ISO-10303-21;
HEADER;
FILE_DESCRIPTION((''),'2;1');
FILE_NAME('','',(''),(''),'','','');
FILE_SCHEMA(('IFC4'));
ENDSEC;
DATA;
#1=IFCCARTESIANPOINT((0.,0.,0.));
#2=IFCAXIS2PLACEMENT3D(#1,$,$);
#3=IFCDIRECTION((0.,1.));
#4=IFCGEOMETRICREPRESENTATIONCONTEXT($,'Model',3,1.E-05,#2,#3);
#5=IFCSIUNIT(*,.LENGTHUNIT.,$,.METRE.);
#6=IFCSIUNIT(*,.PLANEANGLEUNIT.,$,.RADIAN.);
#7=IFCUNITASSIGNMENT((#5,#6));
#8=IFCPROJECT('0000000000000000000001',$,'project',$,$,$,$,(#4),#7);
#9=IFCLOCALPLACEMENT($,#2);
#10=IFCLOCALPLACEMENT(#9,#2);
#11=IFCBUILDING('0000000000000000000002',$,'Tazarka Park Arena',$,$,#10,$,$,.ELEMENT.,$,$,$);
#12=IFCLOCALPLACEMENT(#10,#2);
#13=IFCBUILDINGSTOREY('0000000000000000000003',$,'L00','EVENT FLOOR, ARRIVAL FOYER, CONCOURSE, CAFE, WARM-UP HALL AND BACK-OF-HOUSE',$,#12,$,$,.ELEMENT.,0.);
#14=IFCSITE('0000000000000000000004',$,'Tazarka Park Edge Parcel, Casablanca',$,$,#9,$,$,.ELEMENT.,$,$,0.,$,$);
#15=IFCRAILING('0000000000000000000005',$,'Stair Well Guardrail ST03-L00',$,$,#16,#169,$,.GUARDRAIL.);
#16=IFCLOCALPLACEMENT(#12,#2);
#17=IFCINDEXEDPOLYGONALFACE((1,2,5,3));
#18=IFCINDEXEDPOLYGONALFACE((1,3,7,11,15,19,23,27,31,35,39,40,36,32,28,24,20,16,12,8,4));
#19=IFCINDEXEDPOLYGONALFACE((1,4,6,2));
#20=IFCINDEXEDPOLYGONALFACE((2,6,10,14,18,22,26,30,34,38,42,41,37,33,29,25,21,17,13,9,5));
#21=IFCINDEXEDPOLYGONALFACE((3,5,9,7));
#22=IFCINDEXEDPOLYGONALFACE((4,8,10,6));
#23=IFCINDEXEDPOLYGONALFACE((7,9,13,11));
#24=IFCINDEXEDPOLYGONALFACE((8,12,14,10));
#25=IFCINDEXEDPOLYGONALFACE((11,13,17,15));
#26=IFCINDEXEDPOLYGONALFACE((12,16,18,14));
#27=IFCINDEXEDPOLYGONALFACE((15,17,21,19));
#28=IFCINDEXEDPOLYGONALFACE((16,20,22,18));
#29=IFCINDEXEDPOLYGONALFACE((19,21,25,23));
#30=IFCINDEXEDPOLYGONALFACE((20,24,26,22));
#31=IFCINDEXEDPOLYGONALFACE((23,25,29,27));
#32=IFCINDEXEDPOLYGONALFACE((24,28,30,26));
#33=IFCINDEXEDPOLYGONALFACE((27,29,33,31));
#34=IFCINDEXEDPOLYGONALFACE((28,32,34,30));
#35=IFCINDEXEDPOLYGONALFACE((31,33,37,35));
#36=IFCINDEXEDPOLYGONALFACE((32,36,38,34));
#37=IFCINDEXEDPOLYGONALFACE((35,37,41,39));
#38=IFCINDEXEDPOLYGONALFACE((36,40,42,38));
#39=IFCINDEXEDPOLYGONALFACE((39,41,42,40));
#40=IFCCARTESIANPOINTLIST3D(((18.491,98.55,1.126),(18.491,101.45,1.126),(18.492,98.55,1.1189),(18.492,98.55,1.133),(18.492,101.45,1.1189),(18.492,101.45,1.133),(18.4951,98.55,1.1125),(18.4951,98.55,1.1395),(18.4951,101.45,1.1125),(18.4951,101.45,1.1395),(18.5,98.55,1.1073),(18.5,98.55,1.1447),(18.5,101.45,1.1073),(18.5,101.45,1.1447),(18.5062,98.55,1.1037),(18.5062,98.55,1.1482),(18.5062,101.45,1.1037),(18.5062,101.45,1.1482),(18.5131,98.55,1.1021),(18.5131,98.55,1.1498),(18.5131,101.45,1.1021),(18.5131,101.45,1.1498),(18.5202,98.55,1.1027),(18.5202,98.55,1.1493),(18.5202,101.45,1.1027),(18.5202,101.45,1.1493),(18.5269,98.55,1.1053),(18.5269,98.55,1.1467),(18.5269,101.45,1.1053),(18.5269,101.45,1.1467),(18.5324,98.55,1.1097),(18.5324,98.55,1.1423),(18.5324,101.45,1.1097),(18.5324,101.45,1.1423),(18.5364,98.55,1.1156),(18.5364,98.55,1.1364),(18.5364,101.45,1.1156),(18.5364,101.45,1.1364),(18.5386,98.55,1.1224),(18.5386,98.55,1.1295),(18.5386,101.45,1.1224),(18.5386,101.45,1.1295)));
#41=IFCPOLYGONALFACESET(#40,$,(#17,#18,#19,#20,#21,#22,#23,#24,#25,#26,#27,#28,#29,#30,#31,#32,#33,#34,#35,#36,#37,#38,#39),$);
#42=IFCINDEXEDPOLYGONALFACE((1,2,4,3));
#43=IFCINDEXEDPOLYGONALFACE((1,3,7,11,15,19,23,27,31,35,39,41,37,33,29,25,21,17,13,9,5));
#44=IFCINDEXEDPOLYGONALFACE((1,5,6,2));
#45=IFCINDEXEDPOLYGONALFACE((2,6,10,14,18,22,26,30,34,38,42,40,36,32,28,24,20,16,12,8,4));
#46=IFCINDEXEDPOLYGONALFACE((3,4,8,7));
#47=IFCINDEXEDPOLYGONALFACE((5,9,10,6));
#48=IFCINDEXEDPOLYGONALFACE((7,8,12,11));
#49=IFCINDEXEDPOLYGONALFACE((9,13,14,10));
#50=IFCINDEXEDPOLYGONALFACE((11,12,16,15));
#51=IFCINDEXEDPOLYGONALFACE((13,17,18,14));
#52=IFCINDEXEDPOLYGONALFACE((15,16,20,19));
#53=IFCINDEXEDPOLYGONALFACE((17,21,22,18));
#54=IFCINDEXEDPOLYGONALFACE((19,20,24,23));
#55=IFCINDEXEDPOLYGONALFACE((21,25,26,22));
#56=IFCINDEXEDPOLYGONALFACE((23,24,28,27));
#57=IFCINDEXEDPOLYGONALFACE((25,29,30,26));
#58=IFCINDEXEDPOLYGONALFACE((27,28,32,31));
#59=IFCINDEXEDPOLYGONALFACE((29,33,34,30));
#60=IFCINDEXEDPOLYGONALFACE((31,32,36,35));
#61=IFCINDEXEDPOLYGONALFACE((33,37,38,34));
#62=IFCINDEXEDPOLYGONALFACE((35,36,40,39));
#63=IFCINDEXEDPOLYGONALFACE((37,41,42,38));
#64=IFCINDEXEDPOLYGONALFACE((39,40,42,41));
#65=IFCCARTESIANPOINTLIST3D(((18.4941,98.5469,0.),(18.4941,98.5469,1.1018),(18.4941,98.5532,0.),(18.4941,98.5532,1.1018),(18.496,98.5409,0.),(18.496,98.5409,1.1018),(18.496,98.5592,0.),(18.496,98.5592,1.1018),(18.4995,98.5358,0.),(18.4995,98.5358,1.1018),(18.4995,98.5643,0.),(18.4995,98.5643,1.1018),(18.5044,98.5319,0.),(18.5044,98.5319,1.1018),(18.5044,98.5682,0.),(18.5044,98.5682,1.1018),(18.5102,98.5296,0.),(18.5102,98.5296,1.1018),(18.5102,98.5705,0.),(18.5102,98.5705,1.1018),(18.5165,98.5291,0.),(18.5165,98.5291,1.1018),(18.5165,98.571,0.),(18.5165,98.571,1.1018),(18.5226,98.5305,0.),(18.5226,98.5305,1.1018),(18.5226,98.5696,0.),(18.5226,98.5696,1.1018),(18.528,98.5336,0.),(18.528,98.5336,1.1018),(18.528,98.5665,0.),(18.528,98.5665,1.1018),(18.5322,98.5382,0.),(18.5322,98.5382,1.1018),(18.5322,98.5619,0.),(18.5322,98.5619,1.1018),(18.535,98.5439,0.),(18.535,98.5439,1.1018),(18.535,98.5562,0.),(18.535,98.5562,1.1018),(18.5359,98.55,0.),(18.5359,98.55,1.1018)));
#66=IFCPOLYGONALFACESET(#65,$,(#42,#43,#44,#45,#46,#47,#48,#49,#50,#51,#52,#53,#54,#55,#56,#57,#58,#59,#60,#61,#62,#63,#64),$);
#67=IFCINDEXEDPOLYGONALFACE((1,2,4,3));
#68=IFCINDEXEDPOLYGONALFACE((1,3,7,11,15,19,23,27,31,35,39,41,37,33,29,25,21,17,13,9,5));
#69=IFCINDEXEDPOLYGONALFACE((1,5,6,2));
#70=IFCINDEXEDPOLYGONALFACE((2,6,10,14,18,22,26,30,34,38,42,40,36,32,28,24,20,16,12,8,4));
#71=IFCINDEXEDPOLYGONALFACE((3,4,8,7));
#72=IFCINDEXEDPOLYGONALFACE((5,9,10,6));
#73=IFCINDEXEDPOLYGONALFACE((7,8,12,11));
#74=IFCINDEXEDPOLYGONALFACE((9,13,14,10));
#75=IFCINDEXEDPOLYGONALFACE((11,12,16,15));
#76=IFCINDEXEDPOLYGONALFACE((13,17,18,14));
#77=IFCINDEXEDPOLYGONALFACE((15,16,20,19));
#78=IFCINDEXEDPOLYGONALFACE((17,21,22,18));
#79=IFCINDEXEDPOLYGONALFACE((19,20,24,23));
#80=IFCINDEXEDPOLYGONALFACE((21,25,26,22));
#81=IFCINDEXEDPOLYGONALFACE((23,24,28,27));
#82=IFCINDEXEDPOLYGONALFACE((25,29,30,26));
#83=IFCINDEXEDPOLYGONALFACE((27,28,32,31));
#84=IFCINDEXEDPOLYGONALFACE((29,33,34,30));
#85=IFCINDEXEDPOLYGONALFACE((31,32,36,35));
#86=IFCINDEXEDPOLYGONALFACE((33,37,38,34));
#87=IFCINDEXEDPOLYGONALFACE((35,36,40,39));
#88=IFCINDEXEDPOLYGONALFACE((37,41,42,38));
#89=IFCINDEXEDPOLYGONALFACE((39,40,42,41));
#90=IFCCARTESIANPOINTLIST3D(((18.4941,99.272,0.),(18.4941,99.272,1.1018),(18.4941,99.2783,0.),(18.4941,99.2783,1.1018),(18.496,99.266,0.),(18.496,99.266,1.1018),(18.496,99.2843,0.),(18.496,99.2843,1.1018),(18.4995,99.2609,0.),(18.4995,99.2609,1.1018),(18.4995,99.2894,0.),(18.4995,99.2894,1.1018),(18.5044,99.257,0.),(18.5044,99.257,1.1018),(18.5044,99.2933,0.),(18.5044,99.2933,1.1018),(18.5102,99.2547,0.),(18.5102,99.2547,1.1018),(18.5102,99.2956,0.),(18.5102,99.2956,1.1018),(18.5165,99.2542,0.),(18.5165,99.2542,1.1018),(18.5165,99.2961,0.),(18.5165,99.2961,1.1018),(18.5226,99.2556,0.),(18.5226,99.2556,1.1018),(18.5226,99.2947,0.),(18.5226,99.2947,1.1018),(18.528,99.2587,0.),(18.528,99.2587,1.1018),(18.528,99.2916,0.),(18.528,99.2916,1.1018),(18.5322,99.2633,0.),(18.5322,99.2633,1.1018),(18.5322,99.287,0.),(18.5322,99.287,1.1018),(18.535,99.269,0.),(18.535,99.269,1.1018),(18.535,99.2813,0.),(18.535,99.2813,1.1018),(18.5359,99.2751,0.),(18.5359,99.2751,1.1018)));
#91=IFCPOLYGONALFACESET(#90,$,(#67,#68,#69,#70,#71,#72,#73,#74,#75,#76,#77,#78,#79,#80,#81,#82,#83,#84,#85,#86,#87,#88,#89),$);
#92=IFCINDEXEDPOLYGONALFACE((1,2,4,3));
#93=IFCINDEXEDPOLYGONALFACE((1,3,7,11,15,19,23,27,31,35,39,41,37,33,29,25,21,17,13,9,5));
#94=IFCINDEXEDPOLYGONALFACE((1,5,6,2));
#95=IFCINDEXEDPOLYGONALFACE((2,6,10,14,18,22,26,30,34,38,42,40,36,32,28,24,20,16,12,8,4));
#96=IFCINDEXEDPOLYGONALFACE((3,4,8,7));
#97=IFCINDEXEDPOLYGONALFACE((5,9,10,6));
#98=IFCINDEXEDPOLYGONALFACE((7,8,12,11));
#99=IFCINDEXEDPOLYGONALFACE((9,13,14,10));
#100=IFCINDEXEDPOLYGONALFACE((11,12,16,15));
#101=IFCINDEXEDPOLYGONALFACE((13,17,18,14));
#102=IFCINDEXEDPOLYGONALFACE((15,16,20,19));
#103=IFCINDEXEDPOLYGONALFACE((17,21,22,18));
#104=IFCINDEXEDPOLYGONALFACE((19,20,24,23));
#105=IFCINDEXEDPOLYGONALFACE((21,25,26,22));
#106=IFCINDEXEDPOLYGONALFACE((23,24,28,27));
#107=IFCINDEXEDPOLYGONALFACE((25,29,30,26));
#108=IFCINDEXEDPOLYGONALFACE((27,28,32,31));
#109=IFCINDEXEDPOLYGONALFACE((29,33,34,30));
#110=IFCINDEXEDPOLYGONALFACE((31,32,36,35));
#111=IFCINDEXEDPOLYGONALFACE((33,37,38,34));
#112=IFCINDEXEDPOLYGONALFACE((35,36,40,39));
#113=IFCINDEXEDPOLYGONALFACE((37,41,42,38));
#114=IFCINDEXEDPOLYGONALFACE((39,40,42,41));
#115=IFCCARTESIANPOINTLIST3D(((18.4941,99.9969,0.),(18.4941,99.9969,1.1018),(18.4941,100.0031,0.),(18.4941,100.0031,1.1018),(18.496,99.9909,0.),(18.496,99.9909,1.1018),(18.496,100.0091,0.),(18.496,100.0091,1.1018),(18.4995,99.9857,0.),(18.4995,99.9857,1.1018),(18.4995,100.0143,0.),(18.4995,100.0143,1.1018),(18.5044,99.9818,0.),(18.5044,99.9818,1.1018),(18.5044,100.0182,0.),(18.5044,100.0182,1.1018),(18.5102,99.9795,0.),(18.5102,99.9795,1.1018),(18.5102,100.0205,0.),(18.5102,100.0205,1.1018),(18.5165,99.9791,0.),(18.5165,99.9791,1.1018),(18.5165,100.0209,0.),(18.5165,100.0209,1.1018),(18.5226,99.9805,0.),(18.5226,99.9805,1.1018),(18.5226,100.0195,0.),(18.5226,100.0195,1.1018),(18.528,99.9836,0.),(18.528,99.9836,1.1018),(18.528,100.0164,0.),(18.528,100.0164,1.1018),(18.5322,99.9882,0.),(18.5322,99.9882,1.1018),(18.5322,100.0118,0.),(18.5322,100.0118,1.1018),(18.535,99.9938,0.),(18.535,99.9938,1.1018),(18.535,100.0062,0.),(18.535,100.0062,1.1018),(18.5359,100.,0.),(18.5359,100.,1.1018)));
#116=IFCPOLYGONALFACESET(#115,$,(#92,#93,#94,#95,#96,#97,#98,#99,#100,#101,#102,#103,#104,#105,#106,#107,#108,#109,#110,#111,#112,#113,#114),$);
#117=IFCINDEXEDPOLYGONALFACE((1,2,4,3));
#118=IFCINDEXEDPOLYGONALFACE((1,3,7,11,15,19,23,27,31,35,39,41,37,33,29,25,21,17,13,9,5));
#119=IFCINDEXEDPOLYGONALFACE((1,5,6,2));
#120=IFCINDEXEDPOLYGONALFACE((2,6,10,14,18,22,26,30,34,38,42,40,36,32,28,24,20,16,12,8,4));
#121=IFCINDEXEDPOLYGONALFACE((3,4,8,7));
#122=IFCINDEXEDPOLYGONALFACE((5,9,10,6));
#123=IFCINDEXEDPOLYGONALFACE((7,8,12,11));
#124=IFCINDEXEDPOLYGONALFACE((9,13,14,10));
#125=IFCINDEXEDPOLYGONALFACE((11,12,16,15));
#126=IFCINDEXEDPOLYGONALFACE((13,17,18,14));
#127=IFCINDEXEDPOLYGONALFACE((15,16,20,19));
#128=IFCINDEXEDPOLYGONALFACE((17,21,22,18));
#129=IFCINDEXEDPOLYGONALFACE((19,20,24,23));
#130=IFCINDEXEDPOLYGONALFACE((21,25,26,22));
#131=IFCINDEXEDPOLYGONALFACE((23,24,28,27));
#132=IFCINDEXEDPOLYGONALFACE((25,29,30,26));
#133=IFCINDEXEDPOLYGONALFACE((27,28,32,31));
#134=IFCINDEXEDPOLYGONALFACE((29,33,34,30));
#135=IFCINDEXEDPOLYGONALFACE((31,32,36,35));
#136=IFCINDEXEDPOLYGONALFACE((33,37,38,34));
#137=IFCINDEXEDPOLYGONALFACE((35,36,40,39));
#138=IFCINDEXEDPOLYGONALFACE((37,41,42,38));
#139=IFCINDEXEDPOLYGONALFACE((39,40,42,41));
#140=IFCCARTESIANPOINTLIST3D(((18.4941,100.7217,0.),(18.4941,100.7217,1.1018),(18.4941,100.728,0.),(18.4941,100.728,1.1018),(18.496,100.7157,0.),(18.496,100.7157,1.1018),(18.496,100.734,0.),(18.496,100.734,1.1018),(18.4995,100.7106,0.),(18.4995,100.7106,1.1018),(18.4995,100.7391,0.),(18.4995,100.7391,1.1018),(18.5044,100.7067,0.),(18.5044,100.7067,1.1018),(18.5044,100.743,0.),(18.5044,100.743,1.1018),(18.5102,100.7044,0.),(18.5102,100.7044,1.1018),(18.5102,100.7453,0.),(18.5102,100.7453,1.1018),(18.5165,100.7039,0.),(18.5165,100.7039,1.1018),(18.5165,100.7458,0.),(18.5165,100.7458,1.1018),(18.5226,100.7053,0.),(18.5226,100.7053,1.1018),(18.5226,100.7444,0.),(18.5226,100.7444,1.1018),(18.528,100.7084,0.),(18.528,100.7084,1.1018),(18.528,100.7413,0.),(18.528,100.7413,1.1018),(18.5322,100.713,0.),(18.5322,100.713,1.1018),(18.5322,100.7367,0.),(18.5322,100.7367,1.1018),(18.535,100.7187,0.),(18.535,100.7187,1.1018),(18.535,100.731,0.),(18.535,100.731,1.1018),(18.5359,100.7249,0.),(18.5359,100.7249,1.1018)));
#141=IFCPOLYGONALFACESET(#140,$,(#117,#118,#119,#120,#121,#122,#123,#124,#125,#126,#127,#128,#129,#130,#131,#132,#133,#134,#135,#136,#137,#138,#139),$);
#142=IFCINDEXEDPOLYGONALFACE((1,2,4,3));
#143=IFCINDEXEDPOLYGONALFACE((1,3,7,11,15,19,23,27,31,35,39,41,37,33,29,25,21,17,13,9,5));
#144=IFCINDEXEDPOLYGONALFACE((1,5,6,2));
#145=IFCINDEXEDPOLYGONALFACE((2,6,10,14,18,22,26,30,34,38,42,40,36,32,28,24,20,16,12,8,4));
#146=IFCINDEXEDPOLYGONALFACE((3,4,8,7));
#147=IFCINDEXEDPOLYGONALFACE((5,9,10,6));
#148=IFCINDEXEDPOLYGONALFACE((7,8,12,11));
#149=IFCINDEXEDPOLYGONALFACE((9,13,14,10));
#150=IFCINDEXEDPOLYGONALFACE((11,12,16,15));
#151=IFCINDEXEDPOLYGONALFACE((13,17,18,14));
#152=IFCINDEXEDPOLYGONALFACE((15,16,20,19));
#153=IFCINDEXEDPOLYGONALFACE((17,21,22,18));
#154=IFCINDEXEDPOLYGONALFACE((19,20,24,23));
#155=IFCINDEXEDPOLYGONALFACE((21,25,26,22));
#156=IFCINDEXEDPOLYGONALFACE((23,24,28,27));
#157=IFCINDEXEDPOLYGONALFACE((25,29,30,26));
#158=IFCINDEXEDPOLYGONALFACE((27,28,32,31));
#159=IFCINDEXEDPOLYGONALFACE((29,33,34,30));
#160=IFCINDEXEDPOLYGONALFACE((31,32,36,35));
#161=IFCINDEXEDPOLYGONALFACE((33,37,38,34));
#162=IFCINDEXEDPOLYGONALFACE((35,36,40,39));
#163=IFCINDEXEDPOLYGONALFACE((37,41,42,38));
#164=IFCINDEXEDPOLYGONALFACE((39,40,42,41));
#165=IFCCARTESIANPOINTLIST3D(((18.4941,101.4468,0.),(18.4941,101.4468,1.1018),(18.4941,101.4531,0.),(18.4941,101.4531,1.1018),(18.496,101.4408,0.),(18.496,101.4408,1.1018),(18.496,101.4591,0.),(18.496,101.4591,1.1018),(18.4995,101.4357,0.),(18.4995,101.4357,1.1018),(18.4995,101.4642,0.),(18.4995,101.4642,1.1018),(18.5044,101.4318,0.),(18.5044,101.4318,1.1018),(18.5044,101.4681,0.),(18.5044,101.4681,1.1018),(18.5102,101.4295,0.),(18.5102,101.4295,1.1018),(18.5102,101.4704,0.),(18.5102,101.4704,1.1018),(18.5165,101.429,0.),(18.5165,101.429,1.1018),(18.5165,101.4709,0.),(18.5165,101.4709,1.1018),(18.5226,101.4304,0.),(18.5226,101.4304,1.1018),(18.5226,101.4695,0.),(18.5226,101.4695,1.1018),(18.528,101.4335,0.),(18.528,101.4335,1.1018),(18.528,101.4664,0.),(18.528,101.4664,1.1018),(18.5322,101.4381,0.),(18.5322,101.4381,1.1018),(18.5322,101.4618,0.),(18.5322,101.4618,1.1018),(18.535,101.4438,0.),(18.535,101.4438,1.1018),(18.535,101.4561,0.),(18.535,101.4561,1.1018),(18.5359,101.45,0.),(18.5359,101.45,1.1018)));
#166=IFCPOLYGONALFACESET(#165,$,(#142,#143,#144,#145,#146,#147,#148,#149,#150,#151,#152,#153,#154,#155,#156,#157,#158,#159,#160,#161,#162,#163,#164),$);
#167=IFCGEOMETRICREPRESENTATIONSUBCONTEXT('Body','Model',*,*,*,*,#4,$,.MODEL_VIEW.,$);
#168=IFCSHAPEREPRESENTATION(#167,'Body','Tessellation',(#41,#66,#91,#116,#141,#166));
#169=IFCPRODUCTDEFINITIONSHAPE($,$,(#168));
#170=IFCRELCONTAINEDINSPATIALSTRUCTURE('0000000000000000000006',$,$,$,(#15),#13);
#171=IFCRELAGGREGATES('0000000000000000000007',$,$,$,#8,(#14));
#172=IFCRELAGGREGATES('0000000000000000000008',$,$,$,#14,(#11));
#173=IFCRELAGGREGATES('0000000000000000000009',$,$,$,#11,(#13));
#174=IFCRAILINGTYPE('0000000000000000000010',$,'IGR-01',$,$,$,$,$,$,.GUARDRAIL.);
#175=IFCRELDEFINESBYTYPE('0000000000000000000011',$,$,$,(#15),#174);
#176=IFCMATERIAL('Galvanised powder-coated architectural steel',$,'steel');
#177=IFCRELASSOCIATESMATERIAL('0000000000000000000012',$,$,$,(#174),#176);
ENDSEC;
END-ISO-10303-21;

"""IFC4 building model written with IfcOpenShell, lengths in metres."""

from ifc_helpers import new_model, si_unit, direction, frame, origin, origin_2d, place, context, subcontext, project, spatial, circle, extrude, material, type_object, element, save


model = new_model("IFC4")

# Units and contexts
model_context = context("Model", 3, precision=1e-05, world=origin(), true_north=direction((0.0, 1.0)))
body_context = subcontext(model_context, "Body", "Model", "MODEL_VIEW")
ifc_project = project(units=[si_unit("LENGTHUNIT", "METRE"), si_unit("PLANEANGLEUNIT", "RADIAN")], contexts=[model_context])

# Site, building, storey
site_placement = place(None, origin())
site = spatial("IfcSite", under=ifc_project, at=site_placement, Name="Tazarka Park Edge Parcel, Casablanca", CompositionType="ELEMENT", RefElevation=0.0)
building_placement = place(site_placement, origin())
building = spatial("IfcBuilding", under=site, at=building_placement, Name="Tazarka Park Arena", CompositionType="ELEMENT")
storey_placement = place(building_placement, origin())
storey = spatial("IfcBuildingStorey", under=building, at=storey_placement, Name="L00", Description="EVENT FLOOR, ARRIVAL FOYER, CONCOURSE, CAFE, WARM-UP HALL AND BACK-OF-HOUSE", CompositionType="ELEMENT", Elevation=0.0)

# Railing
ifc_material_1 = material(Name="Galvanised powder-coated architectural steel", Category="steel")
railing_type_1 = type_object("IfcRailingType", Name="IGR-01", PredefinedType="GUARDRAIL", material=ifc_material_1)
for number, where, name in (
    (1, (18.5149, 98.55, 0.0), "Stair Well Guardrail ST03-L00"),
):
    element("IfcRailing", number, at=place(storey_placement, frame(where)), inside=storey, type_object=railing_type_1, Name=name, PredefinedType="GUARDRAIL", context=body_context, shape_type="SweptSolid", body=[
        extrude(circle(Radius=0.0239, at=origin_2d()), frame((0.0, 0.0, 1.126), z_axis=(0.0, 1.0, 0.0), x_axis=(-1.0, 0.0, 0.0)), (0.0, 0.0, 1.0), 2.8999),
        extrude(circle(Radius=0.021, at=origin_2d()), origin(), (0.0, 0.0, 1.0), 1.1018),
        extrude(circle(Radius=0.021, at=origin_2d()), frame((0.0, 0.7251, 0.0)), (0.0, 0.0, 1.0), 1.1018),
        extrude(circle(Radius=0.021, at=origin_2d()), frame((0.0, 1.45, 0.0)), (0.0, 0.0, 1.0), 1.1018),
        extrude(circle(Radius=0.021, at=origin_2d()), frame((0.0, 2.1748, 0.0)), (0.0, 0.0, 1.0), 1.1018),
        extrude(circle(Radius=0.021, at=origin_2d()), frame((0.0, 2.8999, 0.0)), (0.0, 0.0, 1.0), 1.1018),
    ])

save(model, "model.ifc")
